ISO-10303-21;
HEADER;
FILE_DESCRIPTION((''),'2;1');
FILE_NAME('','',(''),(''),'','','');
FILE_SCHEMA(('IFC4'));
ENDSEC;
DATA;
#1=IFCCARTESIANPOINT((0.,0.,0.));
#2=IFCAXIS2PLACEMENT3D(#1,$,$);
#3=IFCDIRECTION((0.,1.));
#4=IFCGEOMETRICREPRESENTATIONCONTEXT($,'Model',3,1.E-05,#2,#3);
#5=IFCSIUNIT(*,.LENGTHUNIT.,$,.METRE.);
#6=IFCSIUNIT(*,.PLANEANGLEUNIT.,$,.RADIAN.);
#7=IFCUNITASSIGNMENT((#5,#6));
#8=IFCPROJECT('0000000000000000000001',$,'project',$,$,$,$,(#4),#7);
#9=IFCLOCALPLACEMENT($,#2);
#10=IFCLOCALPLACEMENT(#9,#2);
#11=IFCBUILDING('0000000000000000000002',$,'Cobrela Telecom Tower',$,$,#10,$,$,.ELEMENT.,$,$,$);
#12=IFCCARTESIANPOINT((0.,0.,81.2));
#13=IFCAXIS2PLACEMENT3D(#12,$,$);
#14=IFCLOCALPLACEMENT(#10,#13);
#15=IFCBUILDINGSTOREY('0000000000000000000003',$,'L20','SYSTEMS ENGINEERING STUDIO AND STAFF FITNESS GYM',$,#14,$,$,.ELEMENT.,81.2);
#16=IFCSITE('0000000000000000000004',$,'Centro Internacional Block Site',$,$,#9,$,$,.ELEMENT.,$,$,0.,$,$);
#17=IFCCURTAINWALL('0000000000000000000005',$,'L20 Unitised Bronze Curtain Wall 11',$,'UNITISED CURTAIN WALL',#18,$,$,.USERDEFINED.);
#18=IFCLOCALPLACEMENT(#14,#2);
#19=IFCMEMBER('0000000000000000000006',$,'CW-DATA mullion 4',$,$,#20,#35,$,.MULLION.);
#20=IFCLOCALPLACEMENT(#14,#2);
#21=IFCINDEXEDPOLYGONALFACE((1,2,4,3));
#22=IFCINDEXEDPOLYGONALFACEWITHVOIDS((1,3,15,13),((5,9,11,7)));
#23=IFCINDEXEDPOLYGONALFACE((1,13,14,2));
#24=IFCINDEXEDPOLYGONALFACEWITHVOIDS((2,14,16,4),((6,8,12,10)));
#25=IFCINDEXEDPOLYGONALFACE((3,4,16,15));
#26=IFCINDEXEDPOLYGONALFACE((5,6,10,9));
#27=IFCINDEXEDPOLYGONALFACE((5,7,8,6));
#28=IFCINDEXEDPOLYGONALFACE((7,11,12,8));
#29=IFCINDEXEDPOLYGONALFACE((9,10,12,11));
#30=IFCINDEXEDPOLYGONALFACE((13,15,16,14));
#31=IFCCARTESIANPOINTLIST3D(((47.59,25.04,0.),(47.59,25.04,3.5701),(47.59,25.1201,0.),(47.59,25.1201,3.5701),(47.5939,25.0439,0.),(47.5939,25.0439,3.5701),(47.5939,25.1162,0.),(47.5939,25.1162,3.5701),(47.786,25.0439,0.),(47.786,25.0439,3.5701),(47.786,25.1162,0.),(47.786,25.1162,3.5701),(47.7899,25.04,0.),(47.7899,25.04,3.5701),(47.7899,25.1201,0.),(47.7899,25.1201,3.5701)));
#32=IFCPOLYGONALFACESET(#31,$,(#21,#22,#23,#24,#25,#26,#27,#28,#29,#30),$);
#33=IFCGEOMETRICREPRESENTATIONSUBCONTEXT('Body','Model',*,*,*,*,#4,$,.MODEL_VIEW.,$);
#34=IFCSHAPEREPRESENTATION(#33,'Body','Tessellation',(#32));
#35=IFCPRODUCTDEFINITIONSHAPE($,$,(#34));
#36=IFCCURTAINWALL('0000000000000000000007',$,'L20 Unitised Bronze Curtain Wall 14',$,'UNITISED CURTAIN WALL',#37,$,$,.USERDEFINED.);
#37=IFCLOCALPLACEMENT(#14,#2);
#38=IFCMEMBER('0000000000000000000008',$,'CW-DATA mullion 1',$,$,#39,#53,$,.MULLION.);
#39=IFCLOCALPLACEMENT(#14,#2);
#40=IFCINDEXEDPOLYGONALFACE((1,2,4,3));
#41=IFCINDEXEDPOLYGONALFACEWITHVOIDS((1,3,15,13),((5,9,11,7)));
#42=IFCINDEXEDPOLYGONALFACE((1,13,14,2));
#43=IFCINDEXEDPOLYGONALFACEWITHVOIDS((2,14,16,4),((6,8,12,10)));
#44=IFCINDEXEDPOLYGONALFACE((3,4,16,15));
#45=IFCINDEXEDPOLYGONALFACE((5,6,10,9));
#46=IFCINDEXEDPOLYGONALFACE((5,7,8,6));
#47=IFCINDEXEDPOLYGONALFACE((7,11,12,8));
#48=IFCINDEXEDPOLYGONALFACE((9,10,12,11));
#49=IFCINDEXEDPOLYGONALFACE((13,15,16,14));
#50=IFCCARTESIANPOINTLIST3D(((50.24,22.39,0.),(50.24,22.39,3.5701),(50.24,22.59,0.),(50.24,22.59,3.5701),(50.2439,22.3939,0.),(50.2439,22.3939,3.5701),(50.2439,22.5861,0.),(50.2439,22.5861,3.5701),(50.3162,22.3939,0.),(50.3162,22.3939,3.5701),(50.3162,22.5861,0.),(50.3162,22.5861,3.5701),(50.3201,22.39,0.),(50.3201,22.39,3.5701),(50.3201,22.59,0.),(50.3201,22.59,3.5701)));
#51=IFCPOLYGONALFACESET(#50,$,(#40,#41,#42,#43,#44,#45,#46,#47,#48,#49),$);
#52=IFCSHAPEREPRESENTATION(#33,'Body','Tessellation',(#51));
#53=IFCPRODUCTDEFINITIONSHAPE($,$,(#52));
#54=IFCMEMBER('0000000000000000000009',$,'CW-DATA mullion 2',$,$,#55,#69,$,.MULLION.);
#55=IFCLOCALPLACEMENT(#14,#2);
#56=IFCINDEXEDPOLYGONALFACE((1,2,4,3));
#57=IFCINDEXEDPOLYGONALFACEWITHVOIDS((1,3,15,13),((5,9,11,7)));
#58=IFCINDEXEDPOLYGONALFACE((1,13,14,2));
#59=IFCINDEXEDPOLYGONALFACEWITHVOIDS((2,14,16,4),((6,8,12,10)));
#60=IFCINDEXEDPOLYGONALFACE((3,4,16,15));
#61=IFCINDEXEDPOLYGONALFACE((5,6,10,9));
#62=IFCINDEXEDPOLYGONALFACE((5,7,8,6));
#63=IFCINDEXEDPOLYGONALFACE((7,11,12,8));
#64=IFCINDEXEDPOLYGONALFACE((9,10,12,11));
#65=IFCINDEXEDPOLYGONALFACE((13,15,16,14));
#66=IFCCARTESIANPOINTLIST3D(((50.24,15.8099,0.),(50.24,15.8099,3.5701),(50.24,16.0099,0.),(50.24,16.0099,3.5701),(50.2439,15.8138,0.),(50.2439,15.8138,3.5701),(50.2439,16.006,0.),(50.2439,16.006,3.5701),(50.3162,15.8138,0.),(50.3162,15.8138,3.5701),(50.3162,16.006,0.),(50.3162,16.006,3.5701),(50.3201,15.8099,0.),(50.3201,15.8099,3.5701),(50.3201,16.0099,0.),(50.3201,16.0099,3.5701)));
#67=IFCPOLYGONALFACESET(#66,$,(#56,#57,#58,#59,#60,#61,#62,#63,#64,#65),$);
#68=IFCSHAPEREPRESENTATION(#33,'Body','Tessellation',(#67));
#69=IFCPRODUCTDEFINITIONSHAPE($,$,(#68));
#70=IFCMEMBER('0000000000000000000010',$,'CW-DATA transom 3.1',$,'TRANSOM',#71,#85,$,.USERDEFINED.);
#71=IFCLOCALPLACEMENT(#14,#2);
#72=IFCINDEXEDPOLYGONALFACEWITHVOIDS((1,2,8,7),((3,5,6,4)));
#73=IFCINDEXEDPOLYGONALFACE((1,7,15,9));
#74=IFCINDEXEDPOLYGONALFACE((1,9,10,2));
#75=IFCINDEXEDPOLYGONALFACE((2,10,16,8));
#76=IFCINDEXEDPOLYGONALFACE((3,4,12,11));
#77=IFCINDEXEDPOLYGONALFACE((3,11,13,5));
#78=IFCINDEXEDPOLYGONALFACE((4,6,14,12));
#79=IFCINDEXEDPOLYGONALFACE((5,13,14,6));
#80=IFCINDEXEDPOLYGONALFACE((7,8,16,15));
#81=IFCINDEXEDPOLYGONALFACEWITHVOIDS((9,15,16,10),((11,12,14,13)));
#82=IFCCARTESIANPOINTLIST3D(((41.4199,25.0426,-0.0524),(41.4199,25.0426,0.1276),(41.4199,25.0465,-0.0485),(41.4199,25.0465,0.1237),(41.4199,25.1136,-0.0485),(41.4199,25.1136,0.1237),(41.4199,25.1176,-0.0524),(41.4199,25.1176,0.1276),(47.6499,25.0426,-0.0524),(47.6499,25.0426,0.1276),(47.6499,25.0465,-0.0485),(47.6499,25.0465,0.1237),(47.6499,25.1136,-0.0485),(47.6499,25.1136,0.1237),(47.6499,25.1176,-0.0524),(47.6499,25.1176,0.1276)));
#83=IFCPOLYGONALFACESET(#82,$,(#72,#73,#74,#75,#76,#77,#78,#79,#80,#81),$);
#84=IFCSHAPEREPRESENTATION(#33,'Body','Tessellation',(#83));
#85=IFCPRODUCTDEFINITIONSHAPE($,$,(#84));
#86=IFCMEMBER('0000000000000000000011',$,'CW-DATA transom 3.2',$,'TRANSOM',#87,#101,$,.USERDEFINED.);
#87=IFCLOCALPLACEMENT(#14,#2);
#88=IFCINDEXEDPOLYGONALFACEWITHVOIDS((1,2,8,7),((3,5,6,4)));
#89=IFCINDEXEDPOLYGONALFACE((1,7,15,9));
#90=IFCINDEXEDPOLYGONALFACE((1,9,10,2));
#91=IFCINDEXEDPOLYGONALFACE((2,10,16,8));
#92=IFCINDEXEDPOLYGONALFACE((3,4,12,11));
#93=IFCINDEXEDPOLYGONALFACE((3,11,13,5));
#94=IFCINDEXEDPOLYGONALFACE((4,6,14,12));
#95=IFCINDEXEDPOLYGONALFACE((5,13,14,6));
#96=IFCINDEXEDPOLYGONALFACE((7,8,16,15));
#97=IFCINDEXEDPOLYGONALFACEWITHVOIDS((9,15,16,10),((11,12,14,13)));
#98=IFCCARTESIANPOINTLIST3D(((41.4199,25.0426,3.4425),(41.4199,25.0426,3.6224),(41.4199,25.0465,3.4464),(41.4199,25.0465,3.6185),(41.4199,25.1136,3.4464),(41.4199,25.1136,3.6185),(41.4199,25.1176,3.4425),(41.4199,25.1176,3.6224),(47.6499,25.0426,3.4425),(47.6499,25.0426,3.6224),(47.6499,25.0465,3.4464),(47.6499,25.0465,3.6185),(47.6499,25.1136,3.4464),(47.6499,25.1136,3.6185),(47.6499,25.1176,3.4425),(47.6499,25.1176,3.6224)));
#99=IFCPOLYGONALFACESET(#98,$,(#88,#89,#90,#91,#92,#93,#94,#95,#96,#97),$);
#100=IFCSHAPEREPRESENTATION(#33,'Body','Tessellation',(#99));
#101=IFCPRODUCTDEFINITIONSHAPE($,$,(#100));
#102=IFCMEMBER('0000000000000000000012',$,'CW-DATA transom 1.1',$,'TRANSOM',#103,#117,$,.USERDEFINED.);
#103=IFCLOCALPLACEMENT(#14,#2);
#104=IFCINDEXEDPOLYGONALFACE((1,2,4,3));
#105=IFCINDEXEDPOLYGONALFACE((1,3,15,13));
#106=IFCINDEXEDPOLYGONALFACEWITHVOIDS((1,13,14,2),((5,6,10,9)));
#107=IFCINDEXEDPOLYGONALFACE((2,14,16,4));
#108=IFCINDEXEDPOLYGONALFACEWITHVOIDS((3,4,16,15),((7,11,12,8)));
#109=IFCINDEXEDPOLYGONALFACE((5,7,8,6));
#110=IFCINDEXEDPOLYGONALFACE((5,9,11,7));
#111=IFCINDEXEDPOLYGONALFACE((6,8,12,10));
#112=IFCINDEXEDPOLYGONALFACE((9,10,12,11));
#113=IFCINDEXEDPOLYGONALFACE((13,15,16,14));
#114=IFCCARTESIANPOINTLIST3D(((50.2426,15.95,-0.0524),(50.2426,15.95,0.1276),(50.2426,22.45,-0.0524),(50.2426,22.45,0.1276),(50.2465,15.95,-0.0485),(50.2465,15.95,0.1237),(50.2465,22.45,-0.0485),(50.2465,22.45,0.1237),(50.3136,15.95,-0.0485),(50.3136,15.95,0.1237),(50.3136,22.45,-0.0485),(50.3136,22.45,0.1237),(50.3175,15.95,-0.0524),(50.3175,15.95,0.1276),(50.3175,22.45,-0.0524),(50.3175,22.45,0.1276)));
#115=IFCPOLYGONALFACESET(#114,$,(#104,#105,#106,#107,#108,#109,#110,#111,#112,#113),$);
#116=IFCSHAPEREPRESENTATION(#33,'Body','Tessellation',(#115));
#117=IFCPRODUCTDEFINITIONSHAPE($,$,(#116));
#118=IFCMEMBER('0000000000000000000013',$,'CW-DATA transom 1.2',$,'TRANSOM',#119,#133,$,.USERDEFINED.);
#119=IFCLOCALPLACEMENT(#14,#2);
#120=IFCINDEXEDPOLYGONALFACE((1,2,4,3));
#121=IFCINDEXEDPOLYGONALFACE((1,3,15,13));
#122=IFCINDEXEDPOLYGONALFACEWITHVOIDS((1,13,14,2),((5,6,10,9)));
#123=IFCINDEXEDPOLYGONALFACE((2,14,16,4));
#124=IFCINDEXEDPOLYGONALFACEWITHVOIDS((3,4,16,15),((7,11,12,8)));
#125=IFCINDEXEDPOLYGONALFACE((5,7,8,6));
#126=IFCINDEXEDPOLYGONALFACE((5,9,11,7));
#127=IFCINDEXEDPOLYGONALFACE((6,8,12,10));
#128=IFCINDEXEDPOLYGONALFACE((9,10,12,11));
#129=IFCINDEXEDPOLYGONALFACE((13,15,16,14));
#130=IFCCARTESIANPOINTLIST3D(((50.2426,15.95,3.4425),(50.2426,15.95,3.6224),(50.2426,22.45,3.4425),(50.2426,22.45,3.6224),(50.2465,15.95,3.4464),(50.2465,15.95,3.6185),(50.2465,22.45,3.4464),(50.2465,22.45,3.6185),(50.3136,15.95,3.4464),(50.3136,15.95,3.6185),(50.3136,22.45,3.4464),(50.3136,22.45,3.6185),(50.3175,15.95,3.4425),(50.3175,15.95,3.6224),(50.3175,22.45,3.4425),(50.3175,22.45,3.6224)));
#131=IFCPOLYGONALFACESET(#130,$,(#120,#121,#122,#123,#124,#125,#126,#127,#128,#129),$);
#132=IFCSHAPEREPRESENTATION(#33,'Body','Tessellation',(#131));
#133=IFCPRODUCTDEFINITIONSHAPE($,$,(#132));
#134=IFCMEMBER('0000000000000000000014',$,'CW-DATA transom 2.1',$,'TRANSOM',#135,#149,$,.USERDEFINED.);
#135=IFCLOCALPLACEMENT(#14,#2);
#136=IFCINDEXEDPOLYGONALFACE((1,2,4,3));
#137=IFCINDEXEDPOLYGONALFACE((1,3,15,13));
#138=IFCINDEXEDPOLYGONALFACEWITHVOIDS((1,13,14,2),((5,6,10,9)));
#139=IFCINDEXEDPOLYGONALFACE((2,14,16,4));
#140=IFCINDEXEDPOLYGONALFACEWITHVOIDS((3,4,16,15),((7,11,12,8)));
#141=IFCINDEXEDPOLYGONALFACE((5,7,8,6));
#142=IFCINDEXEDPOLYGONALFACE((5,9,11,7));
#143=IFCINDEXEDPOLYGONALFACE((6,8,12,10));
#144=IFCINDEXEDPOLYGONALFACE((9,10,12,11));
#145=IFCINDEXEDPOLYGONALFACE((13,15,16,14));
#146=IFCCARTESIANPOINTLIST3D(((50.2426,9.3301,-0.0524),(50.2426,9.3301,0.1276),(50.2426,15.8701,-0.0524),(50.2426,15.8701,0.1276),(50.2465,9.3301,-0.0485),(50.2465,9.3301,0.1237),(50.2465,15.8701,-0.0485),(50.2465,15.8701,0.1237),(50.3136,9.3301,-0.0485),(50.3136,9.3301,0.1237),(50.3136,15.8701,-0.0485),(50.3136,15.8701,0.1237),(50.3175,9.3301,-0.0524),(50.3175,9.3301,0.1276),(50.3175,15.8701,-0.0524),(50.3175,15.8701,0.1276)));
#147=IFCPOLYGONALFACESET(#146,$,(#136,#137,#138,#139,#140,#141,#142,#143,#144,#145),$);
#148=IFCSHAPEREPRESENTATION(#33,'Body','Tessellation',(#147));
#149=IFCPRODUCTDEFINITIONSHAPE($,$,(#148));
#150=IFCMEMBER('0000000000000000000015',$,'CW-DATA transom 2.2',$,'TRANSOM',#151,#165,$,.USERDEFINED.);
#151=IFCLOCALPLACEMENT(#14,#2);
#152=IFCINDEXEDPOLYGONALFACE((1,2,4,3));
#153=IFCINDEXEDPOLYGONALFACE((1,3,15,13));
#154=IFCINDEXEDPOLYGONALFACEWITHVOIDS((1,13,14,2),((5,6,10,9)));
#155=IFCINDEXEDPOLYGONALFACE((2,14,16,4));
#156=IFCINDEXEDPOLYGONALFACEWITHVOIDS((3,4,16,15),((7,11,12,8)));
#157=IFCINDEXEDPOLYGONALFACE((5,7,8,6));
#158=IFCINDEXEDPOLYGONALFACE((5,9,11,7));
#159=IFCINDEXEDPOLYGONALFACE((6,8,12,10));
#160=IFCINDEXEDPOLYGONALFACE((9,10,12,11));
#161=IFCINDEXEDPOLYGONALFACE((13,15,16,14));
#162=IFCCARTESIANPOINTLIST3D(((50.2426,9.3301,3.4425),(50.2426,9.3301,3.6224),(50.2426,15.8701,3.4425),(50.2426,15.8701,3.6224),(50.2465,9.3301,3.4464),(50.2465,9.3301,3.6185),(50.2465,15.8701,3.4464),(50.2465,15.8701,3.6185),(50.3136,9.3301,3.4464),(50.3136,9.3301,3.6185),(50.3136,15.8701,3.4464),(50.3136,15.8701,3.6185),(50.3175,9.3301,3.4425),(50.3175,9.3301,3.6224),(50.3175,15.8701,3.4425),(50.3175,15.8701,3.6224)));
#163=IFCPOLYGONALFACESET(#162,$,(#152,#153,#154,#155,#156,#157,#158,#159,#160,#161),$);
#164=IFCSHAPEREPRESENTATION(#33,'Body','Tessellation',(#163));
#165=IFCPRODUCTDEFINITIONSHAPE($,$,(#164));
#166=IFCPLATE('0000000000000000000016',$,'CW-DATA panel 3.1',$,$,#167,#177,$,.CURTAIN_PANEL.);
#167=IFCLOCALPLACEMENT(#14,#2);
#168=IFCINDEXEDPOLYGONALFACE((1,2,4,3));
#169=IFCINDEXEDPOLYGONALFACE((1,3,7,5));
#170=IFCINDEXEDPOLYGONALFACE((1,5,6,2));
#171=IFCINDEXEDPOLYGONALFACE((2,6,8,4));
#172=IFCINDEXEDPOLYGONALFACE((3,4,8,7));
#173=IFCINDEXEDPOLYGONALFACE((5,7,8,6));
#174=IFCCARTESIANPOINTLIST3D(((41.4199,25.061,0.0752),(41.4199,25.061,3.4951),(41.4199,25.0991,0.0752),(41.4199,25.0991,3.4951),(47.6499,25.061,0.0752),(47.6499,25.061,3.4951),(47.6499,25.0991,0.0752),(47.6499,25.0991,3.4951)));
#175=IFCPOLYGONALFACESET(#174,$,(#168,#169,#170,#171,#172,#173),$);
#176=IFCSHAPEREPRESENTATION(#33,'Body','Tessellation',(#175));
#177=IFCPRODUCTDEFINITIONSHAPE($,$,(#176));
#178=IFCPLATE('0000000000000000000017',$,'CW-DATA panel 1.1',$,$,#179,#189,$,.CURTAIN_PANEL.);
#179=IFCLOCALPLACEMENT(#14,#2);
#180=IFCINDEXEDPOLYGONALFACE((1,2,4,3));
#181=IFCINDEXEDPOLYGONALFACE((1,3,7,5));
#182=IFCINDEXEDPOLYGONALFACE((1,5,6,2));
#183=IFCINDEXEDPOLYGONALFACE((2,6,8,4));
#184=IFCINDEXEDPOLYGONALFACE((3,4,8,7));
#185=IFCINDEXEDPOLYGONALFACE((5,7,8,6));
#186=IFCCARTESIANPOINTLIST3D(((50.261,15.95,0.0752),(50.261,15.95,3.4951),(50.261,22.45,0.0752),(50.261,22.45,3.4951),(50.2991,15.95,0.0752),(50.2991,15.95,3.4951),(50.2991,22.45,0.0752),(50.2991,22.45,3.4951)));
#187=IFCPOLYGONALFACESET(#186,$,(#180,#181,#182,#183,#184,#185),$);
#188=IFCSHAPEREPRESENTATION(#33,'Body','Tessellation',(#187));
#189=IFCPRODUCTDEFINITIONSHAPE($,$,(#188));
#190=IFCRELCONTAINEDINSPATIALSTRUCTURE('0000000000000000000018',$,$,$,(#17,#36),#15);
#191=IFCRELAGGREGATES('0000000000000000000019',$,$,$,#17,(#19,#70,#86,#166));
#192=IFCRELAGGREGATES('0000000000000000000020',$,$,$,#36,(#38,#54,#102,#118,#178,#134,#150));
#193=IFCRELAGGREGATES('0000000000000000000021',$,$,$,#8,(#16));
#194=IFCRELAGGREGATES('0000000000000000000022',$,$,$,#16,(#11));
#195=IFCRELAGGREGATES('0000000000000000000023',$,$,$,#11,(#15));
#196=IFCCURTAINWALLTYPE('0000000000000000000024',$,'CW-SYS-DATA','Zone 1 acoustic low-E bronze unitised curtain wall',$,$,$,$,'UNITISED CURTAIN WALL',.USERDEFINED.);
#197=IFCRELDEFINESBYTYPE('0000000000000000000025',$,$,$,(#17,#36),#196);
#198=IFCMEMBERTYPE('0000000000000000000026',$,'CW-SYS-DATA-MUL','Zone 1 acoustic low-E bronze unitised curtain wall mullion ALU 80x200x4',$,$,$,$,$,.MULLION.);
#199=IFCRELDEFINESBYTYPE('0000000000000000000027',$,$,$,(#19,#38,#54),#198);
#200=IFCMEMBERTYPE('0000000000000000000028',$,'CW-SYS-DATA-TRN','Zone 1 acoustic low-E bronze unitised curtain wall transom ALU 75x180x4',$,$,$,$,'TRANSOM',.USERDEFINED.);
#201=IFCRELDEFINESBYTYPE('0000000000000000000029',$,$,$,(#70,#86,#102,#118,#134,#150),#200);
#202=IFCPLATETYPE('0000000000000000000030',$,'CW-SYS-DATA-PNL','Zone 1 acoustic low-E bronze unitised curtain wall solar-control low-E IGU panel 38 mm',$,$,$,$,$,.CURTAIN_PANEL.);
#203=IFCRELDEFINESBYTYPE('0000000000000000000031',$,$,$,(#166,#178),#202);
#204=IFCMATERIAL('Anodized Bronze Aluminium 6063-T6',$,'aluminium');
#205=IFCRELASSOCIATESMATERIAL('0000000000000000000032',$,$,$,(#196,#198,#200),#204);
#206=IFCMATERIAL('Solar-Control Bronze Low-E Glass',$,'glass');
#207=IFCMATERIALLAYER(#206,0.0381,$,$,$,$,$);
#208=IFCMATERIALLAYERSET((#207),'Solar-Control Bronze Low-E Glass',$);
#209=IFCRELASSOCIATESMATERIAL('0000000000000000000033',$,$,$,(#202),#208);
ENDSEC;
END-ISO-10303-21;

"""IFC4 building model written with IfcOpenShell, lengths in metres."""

from ifc_helpers import new_model, si_unit, direction, frame, origin, origin_2d, place, context, subcontext, project, spatial, rectangle, hollow_rectangle, extrude, material, layer, layer_set, material_profile, profile_set, type_object, element, aggregate, save


model = new_model("IFC4")

# Units and contexts
model_context = context("Model", 3, precision=1e-05, world=origin(), true_north=direction((0.0, 1.0)))
body_context = subcontext(model_context, "Body", "Model", "MODEL_VIEW")
ifc_project = project(units=[si_unit("LENGTHUNIT", "METRE"), si_unit("PLANEANGLEUNIT", "RADIAN")], contexts=[model_context])

# Site, building, storey
site_placement = place(None, origin())
site = spatial("IfcSite", under=ifc_project, at=site_placement, Name="Centro Internacional Block Site", CompositionType="ELEMENT", RefElevation=0.0)
building_placement = place(site_placement, origin())
building = spatial("IfcBuilding", under=site, at=building_placement, Name="Cobrela Telecom Tower", CompositionType="ELEMENT")
storey_placement = place(building_placement, frame((0.0, 0.0, 81.2)))
storey = spatial("IfcBuildingStorey", under=building, at=storey_placement, Name="L20", Description="SYSTEMS ENGINEERING STUDIO AND STAFF FITNESS GYM", CompositionType="ELEMENT", Elevation=81.2)

# Curtain wall, member
ifc_material_1 = material(Name="Anodized Bronze Aluminium 6063-T6", Category="aluminium")
curtain_wall_type = type_object("IfcCurtainWallType", Name="CW-SYS-DATA", Description="Zone 1 acoustic low-E bronze unitised curtain wall", ElementType="UNITISED CURTAIN WALL", PredefinedType="USERDEFINED", material=ifc_material_1)
curtain_wall_1_placement = place(storey_placement, origin())
curtain_wall_1 = element("IfcCurtainWall", 1, at=curtain_wall_1_placement, inside=storey, type_object=curtain_wall_type, Name="L20 Unitised Bronze Curtain Wall 11", ObjectType="UNITISED CURTAIN WALL", PredefinedType="USERDEFINED")
ifc_material_profile_1 = material_profile(ifc_material_1, hollow_rectangle(XDim=0.0801, YDim=0.2, WallThickness=0.0039, at=origin_2d()), Name="ALU 80x200x4")
ifc_profile_set_1 = profile_set([ifc_material_profile_1], Name="Anodized Bronze Aluminium 6063-T6")
member_type_1 = type_object("IfcMemberType", Name="CW-SYS-DATA-MUL", Description="Zone 1 acoustic low-E bronze unitised curtain wall mullion ALU 80x200x4", PredefinedType="MULLION", material=ifc_profile_set_1)
member_1_placement = place(storey_placement, frame((47.6899, 25.0801, 0.0), z_axis=(0.0, 0.0, 1.0), x_axis=(0.0, 1.0, 0.0)))
member_1 = element("IfcMember", 2, at=member_1_placement, type_object=member_type_1, Name="CW-DATA mullion 4", PredefinedType="MULLION", context=body_context, shape_type="SweptSolid", body=[
    extrude(hollow_rectangle(XDim=0.0801, YDim=0.2, WallThickness=0.0039, at=origin_2d()), origin(), (0.0, 0.0, 1.0), 3.5701),
])

# Curtain wall, members
curtain_wall_2_placement = place(storey_placement, origin())
curtain_wall_2 = element("IfcCurtainWall", 3, at=curtain_wall_2_placement, inside=storey, type_object=curtain_wall_type, Name="L20 Unitised Bronze Curtain Wall 14", ObjectType="UNITISED CURTAIN WALL", PredefinedType="USERDEFINED")
member_2_placement = place(storey_placement, frame((50.28, 22.49, 0.0), z_axis=(0.0, 0.0, 1.0), x_axis=(1.0, 0.0, 0.0)))
member_2 = element("IfcMember", 4, at=member_2_placement, type_object=member_type_1, Name="CW-DATA mullion 1", PredefinedType="MULLION", context=body_context, shape_type="SweptSolid", body=[
    extrude(hollow_rectangle(XDim=0.0801, YDim=0.2, WallThickness=0.0039, at=origin_2d()), origin(), (0.0, 0.0, 1.0), 3.5701),
])
member_3_placement = place(storey_placement, frame((50.28, 15.9099, 0.0), z_axis=(0.0, 0.0, 1.0), x_axis=(1.0, 0.0, 0.0)))
member_3 = element("IfcMember", 5, at=member_3_placement, type_object=member_type_1, Name="CW-DATA mullion 2", PredefinedType="MULLION", context=body_context, shape_type="SweptSolid", body=[
    extrude(hollow_rectangle(XDim=0.0801, YDim=0.2, WallThickness=0.0039, at=origin_2d()), origin(), (0.0, 0.0, 1.0), 3.5701),
])

# Members
ifc_material_profile_2 = material_profile(ifc_material_1, hollow_rectangle(XDim=0.075, YDim=0.1799, WallThickness=0.0039, at=origin_2d()), Name="ALU 75x180x4")
ifc_profile_set_2 = profile_set([ifc_material_profile_2], Name="Anodized Bronze Aluminium 6063-T6")
member_type_2 = type_object("IfcMemberType", Name="CW-SYS-DATA-TRN", Description="Zone 1 acoustic low-E bronze unitised curtain wall transom ALU 75x180x4", ElementType="TRANSOM", PredefinedType="USERDEFINED", material=ifc_profile_set_2)
member_4_placement = place(storey_placement, frame((41.4199, 25.0801, 0.0376), z_axis=(1.0, 0.0, 0.0), x_axis=(0.0, 1.0, 0.0)))
member_4 = element("IfcMember", 6, at=member_4_placement, type_object=member_type_2, Name="CW-DATA transom 3.1", ObjectType="TRANSOM", PredefinedType="USERDEFINED", context=body_context, shape_type="SweptSolid", body=[
    extrude(hollow_rectangle(XDim=0.075, YDim=0.1799, WallThickness=0.0039, at=origin_2d()), origin(), (0.0, 0.0, 1.0), 6.23),
])
member_5_placement = place(storey_placement, frame((41.4199, 25.0801, 3.5325), z_axis=(1.0, 0.0, 0.0), x_axis=(0.0, 1.0, 0.0)))
member_5 = element("IfcMember", 7, at=member_5_placement, type_object=member_type_2, Name="CW-DATA transom 3.2", ObjectType="TRANSOM", PredefinedType="USERDEFINED", context=body_context, shape_type="SweptSolid", body=[
    extrude(hollow_rectangle(XDim=0.075, YDim=0.1799, WallThickness=0.0039, at=origin_2d()), origin(), (0.0, 0.0, 1.0), 6.23),
])
member_6_placement = place(storey_placement, frame((50.28, 22.45, 0.0376), z_axis=(0.0, -1.0, 0.0), x_axis=(1.0, 0.0, 0.0)))
member_6 = element("IfcMember", 8, at=member_6_placement, type_object=member_type_2, Name="CW-DATA transom 1.1", ObjectType="TRANSOM", PredefinedType="USERDEFINED", context=body_context, shape_type="SweptSolid", body=[
    extrude(hollow_rectangle(XDim=0.075, YDim=0.1799, WallThickness=0.0039, at=origin_2d()), origin(), (0.0, 0.0, 1.0), 6.5),
])
member_7_placement = place(storey_placement, frame((50.28, 22.45, 3.5325), z_axis=(0.0, -1.0, 0.0), x_axis=(1.0, 0.0, 0.0)))
member_7 = element("IfcMember", 9, at=member_7_placement, type_object=member_type_2, Name="CW-DATA transom 1.2", ObjectType="TRANSOM", PredefinedType="USERDEFINED", context=body_context, shape_type="SweptSolid", body=[
    extrude(hollow_rectangle(XDim=0.075, YDim=0.1799, WallThickness=0.0039, at=origin_2d()), origin(), (0.0, 0.0, 1.0), 6.5),
])
member_8_placement = place(storey_placement, frame((50.28, 15.8701, 0.0376), z_axis=(0.0, -1.0, 0.0), x_axis=(1.0, 0.0, 0.0)))
member_8 = element("IfcMember", 10, at=member_8_placement, type_object=member_type_2, Name="CW-DATA transom 2.1", ObjectType="TRANSOM", PredefinedType="USERDEFINED", context=body_context, shape_type="SweptSolid", body=[
    extrude(hollow_rectangle(XDim=0.075, YDim=0.1799, WallThickness=0.0039, at=origin_2d()), origin(), (0.0, 0.0, 1.0), 6.54),
])
member_9_placement = place(storey_placement, frame((50.28, 15.8701, 3.5325), z_axis=(0.0, -1.0, 0.0), x_axis=(1.0, 0.0, 0.0)))
member_9 = element("IfcMember", 11, at=member_9_placement, type_object=member_type_2, Name="CW-DATA transom 2.2", ObjectType="TRANSOM", PredefinedType="USERDEFINED", context=body_context, shape_type="SweptSolid", body=[
    extrude(hollow_rectangle(XDim=0.075, YDim=0.1799, WallThickness=0.0039, at=origin_2d()), origin(), (0.0, 0.0, 1.0), 6.54),
])

# Plates
ifc_material_2 = material(Name="Solar-Control Bronze Low-E Glass", Category="glass")
ifc_layer_1 = layer(ifc_material_2, 0.0381)
ifc_layer_set_1 = layer_set([ifc_layer_1], Name="Solar-Control Bronze Low-E Glass")
plate_type = type_object("IfcPlateType", Name="CW-SYS-DATA-PNL", Description="Zone 1 acoustic low-E bronze unitised curtain wall solar-control low-E IGU panel 38 mm", PredefinedType="CURTAIN_PANEL", material=ifc_layer_set_1)
plate_1_placement = place(storey_placement, frame((44.5349, 25.0801, 0.0752), z_axis=(0.0, 0.0, 1.0), x_axis=(1.0, 0.0, 0.0)))
plate_1 = element("IfcPlate", 12, at=plate_1_placement, type_object=plate_type, Name="CW-DATA panel 3.1", PredefinedType="CURTAIN_PANEL", context=body_context, shape_type="SweptSolid", body=[
    extrude(rectangle(XDim=6.23, YDim=0.0381, at=origin_2d()), origin(), (0.0, 0.0, 1.0), 3.4199),
])
aggregate(curtain_wall_1, [member_1, member_4, member_5, plate_1])
plate_2_placement = place(storey_placement, frame((50.28, 19.2, 0.0752), z_axis=(0.0, 0.0, 1.0), x_axis=(0.0, -1.0, 0.0)))
plate_2 = element("IfcPlate", 13, at=plate_2_placement, type_object=plate_type, Name="CW-DATA panel 1.1", PredefinedType="CURTAIN_PANEL", context=body_context, shape_type="SweptSolid", body=[
    extrude(rectangle(XDim=6.5, YDim=0.0381, at=origin_2d()), origin(), (0.0, 0.0, 1.0), 3.4199),
])
aggregate(curtain_wall_2, [member_2, member_3, member_6, member_7, plate_2, member_8, member_9])

save(model, "model.ifc")
